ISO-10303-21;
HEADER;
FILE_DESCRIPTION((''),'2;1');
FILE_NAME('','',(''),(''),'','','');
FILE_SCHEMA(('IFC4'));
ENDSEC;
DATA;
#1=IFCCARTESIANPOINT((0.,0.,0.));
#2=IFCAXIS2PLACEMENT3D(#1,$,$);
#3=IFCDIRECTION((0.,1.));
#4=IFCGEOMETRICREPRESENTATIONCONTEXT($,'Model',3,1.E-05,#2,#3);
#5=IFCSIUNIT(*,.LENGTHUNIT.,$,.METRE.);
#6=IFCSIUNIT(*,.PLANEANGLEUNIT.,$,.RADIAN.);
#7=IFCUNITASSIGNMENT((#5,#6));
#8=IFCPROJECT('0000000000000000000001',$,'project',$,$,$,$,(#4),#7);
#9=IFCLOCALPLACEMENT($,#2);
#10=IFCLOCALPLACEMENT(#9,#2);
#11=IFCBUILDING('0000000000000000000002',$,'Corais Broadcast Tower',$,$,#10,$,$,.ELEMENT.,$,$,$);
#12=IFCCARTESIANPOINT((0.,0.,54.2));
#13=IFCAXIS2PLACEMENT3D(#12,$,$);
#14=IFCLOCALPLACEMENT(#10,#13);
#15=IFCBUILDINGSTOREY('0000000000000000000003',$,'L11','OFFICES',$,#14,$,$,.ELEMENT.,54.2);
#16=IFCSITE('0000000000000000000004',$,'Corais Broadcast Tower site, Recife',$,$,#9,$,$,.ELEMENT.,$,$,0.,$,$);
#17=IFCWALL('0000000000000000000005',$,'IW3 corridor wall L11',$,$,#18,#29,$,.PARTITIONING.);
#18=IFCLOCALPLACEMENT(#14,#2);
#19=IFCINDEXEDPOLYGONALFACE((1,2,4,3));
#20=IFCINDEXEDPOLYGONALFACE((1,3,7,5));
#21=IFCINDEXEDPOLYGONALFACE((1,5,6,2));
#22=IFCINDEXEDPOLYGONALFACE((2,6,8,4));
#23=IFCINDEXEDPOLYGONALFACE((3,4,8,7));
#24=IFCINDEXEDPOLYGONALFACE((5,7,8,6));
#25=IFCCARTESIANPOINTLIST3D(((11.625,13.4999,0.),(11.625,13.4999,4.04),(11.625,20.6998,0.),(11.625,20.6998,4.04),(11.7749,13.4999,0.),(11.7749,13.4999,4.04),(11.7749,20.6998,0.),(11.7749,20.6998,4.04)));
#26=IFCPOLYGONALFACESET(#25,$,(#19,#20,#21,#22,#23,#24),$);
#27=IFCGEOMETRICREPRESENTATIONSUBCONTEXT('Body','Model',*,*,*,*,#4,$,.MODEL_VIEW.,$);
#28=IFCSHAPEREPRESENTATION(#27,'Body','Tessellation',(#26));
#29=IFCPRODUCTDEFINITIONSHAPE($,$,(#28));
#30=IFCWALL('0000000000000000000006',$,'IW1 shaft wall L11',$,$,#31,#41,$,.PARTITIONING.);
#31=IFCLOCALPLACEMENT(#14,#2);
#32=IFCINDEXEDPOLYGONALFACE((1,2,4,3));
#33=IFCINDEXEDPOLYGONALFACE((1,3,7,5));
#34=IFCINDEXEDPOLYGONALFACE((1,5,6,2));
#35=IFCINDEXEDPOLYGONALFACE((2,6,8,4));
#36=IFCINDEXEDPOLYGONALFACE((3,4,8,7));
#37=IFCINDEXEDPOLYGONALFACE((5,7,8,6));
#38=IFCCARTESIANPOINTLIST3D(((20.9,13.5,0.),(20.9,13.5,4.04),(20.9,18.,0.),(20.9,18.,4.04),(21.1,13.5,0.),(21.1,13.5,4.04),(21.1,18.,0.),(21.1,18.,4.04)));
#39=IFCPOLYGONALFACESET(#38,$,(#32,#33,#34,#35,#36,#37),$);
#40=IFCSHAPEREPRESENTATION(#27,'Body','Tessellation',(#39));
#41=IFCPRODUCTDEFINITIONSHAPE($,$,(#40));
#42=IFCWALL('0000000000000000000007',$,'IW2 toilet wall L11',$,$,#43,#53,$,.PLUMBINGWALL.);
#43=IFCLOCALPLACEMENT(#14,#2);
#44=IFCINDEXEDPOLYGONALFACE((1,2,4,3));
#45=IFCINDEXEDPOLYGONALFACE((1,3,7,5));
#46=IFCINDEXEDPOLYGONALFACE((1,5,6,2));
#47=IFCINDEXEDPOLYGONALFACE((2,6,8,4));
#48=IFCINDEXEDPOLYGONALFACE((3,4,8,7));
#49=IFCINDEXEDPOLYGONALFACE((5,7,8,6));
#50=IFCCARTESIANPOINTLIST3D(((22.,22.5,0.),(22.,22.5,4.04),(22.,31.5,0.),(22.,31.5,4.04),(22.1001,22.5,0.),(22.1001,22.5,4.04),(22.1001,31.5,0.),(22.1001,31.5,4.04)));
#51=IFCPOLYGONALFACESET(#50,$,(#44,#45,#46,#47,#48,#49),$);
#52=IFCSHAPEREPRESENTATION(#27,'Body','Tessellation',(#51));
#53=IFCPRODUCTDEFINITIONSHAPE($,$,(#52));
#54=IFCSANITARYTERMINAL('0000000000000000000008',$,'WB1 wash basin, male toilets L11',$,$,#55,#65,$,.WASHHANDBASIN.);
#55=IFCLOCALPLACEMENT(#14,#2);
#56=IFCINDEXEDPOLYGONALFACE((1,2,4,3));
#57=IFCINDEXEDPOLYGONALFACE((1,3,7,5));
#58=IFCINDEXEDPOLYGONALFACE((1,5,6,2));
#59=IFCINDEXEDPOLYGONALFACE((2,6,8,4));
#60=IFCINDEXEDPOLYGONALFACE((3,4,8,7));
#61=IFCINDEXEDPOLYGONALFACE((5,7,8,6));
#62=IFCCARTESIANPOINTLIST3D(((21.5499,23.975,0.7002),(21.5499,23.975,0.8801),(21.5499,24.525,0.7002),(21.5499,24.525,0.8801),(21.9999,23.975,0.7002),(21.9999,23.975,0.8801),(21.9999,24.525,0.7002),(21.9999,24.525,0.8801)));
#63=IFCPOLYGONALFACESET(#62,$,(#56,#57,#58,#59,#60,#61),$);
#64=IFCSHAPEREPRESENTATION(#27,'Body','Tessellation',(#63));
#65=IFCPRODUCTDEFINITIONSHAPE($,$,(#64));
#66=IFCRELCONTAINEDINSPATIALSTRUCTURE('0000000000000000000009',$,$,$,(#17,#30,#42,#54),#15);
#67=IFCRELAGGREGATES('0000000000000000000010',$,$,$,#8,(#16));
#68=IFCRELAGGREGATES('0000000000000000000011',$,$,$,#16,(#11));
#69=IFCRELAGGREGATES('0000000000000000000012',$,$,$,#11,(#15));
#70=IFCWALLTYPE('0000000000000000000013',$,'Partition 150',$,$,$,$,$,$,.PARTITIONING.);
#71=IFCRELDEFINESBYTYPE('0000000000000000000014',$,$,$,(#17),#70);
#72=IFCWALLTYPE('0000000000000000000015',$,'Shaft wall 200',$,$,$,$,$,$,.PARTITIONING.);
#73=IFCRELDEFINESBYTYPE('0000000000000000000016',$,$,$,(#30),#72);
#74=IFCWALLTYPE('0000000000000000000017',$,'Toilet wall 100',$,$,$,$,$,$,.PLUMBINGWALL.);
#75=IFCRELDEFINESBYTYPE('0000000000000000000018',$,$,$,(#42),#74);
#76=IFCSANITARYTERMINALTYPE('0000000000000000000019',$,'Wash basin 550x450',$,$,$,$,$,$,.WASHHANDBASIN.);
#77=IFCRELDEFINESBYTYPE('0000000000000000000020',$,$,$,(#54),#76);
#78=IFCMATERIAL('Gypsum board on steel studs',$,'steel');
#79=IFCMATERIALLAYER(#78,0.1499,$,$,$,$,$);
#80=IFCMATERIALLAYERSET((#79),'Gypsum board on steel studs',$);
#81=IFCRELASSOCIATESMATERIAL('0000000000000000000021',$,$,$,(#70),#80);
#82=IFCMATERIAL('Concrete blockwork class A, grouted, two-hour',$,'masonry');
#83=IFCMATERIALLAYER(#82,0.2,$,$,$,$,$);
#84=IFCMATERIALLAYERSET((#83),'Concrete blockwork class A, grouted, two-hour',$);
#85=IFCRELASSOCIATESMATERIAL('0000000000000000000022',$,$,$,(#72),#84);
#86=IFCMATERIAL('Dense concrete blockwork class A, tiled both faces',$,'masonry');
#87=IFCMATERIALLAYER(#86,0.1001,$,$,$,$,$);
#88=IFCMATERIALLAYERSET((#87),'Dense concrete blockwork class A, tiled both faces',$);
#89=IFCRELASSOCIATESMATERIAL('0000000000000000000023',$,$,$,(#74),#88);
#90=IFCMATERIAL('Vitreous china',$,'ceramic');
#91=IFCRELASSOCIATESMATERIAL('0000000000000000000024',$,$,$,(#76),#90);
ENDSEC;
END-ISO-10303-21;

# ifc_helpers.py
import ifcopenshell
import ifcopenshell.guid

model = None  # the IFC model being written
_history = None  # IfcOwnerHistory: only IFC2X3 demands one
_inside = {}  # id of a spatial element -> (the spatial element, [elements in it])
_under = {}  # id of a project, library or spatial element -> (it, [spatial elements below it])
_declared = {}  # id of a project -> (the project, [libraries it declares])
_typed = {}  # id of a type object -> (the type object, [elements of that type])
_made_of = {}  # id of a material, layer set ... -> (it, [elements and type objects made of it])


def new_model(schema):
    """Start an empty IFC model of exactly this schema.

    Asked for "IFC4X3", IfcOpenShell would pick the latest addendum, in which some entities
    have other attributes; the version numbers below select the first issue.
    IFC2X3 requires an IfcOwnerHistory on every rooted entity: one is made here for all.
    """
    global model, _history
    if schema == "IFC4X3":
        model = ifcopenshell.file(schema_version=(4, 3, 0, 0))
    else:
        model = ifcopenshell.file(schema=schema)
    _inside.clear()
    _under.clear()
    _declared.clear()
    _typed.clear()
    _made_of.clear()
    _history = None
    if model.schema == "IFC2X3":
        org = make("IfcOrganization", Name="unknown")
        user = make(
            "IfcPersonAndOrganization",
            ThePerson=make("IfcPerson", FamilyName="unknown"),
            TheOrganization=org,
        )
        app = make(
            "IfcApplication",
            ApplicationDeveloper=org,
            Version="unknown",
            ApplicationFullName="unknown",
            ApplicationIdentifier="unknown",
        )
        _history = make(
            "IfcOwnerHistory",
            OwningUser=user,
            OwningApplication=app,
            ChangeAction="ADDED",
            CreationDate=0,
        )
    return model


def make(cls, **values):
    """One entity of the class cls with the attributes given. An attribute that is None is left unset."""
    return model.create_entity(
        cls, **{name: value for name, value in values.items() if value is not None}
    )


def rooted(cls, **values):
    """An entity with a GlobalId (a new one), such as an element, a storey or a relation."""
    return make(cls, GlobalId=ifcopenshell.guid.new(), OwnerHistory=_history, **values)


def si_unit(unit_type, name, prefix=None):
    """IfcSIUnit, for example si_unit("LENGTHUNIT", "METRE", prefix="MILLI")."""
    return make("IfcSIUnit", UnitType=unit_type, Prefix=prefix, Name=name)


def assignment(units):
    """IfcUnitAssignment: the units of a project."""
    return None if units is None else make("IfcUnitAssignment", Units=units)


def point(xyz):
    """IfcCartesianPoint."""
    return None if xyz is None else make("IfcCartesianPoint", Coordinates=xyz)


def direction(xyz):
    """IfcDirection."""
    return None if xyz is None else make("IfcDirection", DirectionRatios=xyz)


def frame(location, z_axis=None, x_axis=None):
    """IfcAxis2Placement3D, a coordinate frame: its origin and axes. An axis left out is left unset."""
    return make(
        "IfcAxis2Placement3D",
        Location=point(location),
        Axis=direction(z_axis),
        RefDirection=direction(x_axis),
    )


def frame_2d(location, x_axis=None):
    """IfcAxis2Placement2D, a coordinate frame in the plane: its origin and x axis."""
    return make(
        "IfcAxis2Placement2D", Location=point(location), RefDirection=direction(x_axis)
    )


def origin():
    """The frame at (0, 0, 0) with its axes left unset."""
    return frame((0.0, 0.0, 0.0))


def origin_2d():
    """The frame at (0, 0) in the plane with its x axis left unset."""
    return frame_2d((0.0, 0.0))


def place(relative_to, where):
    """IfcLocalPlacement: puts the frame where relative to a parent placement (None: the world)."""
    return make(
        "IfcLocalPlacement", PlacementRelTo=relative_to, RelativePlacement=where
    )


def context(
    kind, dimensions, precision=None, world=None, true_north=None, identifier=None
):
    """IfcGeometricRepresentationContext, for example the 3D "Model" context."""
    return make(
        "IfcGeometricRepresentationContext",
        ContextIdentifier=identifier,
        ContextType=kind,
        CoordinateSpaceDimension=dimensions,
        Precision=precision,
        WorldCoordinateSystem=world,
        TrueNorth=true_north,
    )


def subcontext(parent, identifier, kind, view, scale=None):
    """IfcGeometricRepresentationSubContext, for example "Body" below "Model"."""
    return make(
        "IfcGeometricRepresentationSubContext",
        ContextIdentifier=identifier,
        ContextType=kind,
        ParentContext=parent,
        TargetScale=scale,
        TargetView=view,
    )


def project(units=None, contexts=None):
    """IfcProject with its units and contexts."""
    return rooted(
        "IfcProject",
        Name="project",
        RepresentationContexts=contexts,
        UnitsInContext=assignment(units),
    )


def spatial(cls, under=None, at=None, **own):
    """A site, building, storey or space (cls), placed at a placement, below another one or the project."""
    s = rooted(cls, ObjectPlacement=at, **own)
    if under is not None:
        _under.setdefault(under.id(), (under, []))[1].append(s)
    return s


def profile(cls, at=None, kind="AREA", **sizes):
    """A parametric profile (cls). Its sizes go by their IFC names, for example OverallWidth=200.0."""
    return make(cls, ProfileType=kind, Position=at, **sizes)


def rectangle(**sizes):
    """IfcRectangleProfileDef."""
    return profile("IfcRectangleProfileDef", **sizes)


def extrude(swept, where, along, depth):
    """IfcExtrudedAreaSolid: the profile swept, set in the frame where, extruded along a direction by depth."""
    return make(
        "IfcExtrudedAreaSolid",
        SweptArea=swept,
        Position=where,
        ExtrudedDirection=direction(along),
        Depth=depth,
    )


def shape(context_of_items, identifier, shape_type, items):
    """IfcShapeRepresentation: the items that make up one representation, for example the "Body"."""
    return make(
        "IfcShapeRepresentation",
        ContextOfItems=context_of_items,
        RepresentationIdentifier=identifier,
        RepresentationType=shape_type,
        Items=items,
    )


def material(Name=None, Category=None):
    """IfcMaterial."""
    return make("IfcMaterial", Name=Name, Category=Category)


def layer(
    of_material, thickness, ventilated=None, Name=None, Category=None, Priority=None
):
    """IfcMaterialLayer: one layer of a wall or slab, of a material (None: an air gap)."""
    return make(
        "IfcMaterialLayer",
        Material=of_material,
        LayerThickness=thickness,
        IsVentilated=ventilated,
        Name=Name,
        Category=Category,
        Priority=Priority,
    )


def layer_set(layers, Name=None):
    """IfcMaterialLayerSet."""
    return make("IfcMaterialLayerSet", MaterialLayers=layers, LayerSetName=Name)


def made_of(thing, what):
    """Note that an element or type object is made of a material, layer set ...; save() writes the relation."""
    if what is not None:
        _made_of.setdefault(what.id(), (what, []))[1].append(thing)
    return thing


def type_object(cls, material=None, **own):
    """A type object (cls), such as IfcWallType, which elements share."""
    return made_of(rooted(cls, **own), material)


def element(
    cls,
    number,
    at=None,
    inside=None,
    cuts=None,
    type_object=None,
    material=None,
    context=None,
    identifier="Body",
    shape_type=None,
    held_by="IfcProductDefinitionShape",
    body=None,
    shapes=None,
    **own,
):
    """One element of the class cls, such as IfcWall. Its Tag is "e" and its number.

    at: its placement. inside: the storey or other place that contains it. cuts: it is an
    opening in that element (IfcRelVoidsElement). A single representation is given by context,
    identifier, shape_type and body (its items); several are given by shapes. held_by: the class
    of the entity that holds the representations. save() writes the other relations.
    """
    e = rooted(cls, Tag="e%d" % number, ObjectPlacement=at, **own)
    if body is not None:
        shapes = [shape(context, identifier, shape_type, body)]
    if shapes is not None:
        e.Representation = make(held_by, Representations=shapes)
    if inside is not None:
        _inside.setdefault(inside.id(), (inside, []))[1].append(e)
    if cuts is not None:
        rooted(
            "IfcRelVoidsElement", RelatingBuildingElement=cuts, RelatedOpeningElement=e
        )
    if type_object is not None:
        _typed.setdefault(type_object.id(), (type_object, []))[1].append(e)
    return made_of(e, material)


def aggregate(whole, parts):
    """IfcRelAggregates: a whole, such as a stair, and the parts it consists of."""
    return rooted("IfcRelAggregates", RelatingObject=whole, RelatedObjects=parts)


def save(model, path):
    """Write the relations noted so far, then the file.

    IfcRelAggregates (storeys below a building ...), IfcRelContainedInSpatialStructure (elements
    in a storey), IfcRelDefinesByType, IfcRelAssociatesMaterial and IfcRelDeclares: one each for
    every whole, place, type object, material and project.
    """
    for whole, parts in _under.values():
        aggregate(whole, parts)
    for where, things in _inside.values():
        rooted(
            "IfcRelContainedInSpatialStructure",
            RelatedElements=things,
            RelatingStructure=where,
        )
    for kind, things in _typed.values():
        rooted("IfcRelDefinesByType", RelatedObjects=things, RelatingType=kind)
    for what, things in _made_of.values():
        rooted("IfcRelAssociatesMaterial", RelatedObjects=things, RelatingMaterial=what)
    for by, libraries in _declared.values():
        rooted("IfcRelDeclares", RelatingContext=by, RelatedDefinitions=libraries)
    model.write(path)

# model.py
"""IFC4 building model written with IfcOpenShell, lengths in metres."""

from ifc_helpers import new_model, si_unit, direction, frame, frame_2d, origin, origin_2d, place, context, subcontext, project, spatial, rectangle, extrude, material, layer, layer_set, type_object, element, save


model = new_model("IFC4")

# Units and contexts
model_context = context("Model", 3, precision=1e-05, world=origin(), true_north=direction((0.0, 1.0)))
body_context = subcontext(model_context, "Body", "Model", "MODEL_VIEW")
ifc_project = project(units=[si_unit("LENGTHUNIT", "METRE"), si_unit("PLANEANGLEUNIT", "RADIAN")], contexts=[model_context])

# Site, building, storey
site_placement = place(None, origin())
site = spatial("IfcSite", under=ifc_project, at=site_placement, Name="Corais Broadcast Tower site, Recife", CompositionType="ELEMENT", RefElevation=0.0)
building_placement = place(site_placement, origin())
building = spatial("IfcBuilding", under=site, at=building_placement, Name="Corais Broadcast Tower", CompositionType="ELEMENT")
storey_placement = place(building_placement, frame((0.0, 0.0, 54.2)))
storey = spatial("IfcBuildingStorey", under=building, at=storey_placement, Name="L11", Description="OFFICES", CompositionType="ELEMENT", Elevation=54.2)

# Walls
ifc_material_1 = material(Name="Gypsum board on steel studs", Category="steel")
ifc_layer_1 = layer(ifc_material_1, 0.1499)
ifc_layer_set_1 = layer_set([ifc_layer_1], Name="Gypsum board on steel studs")
wall_type_1 = type_object("IfcWallType", Name="Partition 150", PredefinedType="PARTITIONING", material=ifc_layer_set_1)
wall_1_placement = place(storey_placement, frame((11.7, 20.7, 0.0), z_axis=(0.0, 0.0, 1.0), x_axis=(0.0, -1.0, 0.0)))
element("IfcWall", 1, at=wall_1_placement, inside=storey, type_object=wall_type_1, Name="IW3 corridor wall L11", PredefinedType="PARTITIONING", context=body_context, shape_type="SweptSolid", body=[
    extrude(rectangle(XDim=7.2, YDim=0.1499, at=frame_2d((3.6001, 0.0))), origin(), (0.0, 0.0, 1.0), 4.04),
])
ifc_material_2 = material(Name="Concrete blockwork class A, grouted, two-hour", Category="masonry")
ifc_layer_2 = layer(ifc_material_2, 0.2)
ifc_layer_set_2 = layer_set([ifc_layer_2], Name="Concrete blockwork class A, grouted, two-hour")
wall_type_2 = type_object("IfcWallType", Name="Shaft wall 200", PredefinedType="PARTITIONING", material=ifc_layer_set_2)
wall_2_placement = place(storey_placement, frame((21.0, 13.5, 0.0), z_axis=(0.0, 0.0, 1.0), x_axis=(0.0, 1.0, 0.0)))
element("IfcWall", 2, at=wall_2_placement, inside=storey, type_object=wall_type_2, Name="IW1 shaft wall L11", PredefinedType="PARTITIONING", context=body_context, shape_type="SweptSolid", body=[
    extrude(rectangle(XDim=4.5, YDim=0.2, at=frame_2d((2.25, 0.0))), origin(), (0.0, 0.0, 1.0), 4.04),
])
ifc_material_3 = material(Name="Dense concrete blockwork class A, tiled both faces", Category="masonry")
ifc_layer_3 = layer(ifc_material_3, 0.1001)
ifc_layer_set_3 = layer_set([ifc_layer_3], Name="Dense concrete blockwork class A, tiled both faces")
wall_type_3 = type_object("IfcWallType", Name="Toilet wall 100", PredefinedType="PLUMBINGWALL", material=ifc_layer_set_3)
wall_3_placement = place(storey_placement, frame((22.05, 22.5, 0.0), z_axis=(0.0, 0.0, 1.0), x_axis=(0.0, 1.0, 0.0)))
element("IfcWall", 3, at=wall_3_placement, inside=storey, type_object=wall_type_3, Name="IW2 toilet wall L11", PredefinedType="PLUMBINGWALL", context=body_context, shape_type="SweptSolid", body=[
    extrude(rectangle(XDim=9.0, YDim=0.1001, at=frame_2d((4.5, 0.0))), origin(), (0.0, 0.0, 1.0), 4.04),
])

# Sanitary terminal
ifc_material_4 = material(Name="Vitreous china", Category="ceramic")
sanitary_terminal_type = type_object("IfcSanitaryTerminalType", Name="Wash basin 550x450", PredefinedType="WASHHANDBASIN", material=ifc_material_4)
sanitary_terminal_placement = place(storey_placement, frame((21.7749, 24.25, 0.7002), z_axis=(0.0, 0.0, 1.0), x_axis=(1.0, 0.0, 0.0)))
element("IfcSanitaryTerminal", 4, at=sanitary_terminal_placement, inside=storey, type_object=sanitary_terminal_type, Name="WB1 wash basin, male toilets L11", PredefinedType="WASHHANDBASIN", context=body_context, shape_type="SweptSolid", body=[
    extrude(rectangle(XDim=0.45, YDim=0.55, at=origin_2d()), origin(), (0.0, 0.0, 1.0), 0.1799),
])

save(model, "model.ifc")
